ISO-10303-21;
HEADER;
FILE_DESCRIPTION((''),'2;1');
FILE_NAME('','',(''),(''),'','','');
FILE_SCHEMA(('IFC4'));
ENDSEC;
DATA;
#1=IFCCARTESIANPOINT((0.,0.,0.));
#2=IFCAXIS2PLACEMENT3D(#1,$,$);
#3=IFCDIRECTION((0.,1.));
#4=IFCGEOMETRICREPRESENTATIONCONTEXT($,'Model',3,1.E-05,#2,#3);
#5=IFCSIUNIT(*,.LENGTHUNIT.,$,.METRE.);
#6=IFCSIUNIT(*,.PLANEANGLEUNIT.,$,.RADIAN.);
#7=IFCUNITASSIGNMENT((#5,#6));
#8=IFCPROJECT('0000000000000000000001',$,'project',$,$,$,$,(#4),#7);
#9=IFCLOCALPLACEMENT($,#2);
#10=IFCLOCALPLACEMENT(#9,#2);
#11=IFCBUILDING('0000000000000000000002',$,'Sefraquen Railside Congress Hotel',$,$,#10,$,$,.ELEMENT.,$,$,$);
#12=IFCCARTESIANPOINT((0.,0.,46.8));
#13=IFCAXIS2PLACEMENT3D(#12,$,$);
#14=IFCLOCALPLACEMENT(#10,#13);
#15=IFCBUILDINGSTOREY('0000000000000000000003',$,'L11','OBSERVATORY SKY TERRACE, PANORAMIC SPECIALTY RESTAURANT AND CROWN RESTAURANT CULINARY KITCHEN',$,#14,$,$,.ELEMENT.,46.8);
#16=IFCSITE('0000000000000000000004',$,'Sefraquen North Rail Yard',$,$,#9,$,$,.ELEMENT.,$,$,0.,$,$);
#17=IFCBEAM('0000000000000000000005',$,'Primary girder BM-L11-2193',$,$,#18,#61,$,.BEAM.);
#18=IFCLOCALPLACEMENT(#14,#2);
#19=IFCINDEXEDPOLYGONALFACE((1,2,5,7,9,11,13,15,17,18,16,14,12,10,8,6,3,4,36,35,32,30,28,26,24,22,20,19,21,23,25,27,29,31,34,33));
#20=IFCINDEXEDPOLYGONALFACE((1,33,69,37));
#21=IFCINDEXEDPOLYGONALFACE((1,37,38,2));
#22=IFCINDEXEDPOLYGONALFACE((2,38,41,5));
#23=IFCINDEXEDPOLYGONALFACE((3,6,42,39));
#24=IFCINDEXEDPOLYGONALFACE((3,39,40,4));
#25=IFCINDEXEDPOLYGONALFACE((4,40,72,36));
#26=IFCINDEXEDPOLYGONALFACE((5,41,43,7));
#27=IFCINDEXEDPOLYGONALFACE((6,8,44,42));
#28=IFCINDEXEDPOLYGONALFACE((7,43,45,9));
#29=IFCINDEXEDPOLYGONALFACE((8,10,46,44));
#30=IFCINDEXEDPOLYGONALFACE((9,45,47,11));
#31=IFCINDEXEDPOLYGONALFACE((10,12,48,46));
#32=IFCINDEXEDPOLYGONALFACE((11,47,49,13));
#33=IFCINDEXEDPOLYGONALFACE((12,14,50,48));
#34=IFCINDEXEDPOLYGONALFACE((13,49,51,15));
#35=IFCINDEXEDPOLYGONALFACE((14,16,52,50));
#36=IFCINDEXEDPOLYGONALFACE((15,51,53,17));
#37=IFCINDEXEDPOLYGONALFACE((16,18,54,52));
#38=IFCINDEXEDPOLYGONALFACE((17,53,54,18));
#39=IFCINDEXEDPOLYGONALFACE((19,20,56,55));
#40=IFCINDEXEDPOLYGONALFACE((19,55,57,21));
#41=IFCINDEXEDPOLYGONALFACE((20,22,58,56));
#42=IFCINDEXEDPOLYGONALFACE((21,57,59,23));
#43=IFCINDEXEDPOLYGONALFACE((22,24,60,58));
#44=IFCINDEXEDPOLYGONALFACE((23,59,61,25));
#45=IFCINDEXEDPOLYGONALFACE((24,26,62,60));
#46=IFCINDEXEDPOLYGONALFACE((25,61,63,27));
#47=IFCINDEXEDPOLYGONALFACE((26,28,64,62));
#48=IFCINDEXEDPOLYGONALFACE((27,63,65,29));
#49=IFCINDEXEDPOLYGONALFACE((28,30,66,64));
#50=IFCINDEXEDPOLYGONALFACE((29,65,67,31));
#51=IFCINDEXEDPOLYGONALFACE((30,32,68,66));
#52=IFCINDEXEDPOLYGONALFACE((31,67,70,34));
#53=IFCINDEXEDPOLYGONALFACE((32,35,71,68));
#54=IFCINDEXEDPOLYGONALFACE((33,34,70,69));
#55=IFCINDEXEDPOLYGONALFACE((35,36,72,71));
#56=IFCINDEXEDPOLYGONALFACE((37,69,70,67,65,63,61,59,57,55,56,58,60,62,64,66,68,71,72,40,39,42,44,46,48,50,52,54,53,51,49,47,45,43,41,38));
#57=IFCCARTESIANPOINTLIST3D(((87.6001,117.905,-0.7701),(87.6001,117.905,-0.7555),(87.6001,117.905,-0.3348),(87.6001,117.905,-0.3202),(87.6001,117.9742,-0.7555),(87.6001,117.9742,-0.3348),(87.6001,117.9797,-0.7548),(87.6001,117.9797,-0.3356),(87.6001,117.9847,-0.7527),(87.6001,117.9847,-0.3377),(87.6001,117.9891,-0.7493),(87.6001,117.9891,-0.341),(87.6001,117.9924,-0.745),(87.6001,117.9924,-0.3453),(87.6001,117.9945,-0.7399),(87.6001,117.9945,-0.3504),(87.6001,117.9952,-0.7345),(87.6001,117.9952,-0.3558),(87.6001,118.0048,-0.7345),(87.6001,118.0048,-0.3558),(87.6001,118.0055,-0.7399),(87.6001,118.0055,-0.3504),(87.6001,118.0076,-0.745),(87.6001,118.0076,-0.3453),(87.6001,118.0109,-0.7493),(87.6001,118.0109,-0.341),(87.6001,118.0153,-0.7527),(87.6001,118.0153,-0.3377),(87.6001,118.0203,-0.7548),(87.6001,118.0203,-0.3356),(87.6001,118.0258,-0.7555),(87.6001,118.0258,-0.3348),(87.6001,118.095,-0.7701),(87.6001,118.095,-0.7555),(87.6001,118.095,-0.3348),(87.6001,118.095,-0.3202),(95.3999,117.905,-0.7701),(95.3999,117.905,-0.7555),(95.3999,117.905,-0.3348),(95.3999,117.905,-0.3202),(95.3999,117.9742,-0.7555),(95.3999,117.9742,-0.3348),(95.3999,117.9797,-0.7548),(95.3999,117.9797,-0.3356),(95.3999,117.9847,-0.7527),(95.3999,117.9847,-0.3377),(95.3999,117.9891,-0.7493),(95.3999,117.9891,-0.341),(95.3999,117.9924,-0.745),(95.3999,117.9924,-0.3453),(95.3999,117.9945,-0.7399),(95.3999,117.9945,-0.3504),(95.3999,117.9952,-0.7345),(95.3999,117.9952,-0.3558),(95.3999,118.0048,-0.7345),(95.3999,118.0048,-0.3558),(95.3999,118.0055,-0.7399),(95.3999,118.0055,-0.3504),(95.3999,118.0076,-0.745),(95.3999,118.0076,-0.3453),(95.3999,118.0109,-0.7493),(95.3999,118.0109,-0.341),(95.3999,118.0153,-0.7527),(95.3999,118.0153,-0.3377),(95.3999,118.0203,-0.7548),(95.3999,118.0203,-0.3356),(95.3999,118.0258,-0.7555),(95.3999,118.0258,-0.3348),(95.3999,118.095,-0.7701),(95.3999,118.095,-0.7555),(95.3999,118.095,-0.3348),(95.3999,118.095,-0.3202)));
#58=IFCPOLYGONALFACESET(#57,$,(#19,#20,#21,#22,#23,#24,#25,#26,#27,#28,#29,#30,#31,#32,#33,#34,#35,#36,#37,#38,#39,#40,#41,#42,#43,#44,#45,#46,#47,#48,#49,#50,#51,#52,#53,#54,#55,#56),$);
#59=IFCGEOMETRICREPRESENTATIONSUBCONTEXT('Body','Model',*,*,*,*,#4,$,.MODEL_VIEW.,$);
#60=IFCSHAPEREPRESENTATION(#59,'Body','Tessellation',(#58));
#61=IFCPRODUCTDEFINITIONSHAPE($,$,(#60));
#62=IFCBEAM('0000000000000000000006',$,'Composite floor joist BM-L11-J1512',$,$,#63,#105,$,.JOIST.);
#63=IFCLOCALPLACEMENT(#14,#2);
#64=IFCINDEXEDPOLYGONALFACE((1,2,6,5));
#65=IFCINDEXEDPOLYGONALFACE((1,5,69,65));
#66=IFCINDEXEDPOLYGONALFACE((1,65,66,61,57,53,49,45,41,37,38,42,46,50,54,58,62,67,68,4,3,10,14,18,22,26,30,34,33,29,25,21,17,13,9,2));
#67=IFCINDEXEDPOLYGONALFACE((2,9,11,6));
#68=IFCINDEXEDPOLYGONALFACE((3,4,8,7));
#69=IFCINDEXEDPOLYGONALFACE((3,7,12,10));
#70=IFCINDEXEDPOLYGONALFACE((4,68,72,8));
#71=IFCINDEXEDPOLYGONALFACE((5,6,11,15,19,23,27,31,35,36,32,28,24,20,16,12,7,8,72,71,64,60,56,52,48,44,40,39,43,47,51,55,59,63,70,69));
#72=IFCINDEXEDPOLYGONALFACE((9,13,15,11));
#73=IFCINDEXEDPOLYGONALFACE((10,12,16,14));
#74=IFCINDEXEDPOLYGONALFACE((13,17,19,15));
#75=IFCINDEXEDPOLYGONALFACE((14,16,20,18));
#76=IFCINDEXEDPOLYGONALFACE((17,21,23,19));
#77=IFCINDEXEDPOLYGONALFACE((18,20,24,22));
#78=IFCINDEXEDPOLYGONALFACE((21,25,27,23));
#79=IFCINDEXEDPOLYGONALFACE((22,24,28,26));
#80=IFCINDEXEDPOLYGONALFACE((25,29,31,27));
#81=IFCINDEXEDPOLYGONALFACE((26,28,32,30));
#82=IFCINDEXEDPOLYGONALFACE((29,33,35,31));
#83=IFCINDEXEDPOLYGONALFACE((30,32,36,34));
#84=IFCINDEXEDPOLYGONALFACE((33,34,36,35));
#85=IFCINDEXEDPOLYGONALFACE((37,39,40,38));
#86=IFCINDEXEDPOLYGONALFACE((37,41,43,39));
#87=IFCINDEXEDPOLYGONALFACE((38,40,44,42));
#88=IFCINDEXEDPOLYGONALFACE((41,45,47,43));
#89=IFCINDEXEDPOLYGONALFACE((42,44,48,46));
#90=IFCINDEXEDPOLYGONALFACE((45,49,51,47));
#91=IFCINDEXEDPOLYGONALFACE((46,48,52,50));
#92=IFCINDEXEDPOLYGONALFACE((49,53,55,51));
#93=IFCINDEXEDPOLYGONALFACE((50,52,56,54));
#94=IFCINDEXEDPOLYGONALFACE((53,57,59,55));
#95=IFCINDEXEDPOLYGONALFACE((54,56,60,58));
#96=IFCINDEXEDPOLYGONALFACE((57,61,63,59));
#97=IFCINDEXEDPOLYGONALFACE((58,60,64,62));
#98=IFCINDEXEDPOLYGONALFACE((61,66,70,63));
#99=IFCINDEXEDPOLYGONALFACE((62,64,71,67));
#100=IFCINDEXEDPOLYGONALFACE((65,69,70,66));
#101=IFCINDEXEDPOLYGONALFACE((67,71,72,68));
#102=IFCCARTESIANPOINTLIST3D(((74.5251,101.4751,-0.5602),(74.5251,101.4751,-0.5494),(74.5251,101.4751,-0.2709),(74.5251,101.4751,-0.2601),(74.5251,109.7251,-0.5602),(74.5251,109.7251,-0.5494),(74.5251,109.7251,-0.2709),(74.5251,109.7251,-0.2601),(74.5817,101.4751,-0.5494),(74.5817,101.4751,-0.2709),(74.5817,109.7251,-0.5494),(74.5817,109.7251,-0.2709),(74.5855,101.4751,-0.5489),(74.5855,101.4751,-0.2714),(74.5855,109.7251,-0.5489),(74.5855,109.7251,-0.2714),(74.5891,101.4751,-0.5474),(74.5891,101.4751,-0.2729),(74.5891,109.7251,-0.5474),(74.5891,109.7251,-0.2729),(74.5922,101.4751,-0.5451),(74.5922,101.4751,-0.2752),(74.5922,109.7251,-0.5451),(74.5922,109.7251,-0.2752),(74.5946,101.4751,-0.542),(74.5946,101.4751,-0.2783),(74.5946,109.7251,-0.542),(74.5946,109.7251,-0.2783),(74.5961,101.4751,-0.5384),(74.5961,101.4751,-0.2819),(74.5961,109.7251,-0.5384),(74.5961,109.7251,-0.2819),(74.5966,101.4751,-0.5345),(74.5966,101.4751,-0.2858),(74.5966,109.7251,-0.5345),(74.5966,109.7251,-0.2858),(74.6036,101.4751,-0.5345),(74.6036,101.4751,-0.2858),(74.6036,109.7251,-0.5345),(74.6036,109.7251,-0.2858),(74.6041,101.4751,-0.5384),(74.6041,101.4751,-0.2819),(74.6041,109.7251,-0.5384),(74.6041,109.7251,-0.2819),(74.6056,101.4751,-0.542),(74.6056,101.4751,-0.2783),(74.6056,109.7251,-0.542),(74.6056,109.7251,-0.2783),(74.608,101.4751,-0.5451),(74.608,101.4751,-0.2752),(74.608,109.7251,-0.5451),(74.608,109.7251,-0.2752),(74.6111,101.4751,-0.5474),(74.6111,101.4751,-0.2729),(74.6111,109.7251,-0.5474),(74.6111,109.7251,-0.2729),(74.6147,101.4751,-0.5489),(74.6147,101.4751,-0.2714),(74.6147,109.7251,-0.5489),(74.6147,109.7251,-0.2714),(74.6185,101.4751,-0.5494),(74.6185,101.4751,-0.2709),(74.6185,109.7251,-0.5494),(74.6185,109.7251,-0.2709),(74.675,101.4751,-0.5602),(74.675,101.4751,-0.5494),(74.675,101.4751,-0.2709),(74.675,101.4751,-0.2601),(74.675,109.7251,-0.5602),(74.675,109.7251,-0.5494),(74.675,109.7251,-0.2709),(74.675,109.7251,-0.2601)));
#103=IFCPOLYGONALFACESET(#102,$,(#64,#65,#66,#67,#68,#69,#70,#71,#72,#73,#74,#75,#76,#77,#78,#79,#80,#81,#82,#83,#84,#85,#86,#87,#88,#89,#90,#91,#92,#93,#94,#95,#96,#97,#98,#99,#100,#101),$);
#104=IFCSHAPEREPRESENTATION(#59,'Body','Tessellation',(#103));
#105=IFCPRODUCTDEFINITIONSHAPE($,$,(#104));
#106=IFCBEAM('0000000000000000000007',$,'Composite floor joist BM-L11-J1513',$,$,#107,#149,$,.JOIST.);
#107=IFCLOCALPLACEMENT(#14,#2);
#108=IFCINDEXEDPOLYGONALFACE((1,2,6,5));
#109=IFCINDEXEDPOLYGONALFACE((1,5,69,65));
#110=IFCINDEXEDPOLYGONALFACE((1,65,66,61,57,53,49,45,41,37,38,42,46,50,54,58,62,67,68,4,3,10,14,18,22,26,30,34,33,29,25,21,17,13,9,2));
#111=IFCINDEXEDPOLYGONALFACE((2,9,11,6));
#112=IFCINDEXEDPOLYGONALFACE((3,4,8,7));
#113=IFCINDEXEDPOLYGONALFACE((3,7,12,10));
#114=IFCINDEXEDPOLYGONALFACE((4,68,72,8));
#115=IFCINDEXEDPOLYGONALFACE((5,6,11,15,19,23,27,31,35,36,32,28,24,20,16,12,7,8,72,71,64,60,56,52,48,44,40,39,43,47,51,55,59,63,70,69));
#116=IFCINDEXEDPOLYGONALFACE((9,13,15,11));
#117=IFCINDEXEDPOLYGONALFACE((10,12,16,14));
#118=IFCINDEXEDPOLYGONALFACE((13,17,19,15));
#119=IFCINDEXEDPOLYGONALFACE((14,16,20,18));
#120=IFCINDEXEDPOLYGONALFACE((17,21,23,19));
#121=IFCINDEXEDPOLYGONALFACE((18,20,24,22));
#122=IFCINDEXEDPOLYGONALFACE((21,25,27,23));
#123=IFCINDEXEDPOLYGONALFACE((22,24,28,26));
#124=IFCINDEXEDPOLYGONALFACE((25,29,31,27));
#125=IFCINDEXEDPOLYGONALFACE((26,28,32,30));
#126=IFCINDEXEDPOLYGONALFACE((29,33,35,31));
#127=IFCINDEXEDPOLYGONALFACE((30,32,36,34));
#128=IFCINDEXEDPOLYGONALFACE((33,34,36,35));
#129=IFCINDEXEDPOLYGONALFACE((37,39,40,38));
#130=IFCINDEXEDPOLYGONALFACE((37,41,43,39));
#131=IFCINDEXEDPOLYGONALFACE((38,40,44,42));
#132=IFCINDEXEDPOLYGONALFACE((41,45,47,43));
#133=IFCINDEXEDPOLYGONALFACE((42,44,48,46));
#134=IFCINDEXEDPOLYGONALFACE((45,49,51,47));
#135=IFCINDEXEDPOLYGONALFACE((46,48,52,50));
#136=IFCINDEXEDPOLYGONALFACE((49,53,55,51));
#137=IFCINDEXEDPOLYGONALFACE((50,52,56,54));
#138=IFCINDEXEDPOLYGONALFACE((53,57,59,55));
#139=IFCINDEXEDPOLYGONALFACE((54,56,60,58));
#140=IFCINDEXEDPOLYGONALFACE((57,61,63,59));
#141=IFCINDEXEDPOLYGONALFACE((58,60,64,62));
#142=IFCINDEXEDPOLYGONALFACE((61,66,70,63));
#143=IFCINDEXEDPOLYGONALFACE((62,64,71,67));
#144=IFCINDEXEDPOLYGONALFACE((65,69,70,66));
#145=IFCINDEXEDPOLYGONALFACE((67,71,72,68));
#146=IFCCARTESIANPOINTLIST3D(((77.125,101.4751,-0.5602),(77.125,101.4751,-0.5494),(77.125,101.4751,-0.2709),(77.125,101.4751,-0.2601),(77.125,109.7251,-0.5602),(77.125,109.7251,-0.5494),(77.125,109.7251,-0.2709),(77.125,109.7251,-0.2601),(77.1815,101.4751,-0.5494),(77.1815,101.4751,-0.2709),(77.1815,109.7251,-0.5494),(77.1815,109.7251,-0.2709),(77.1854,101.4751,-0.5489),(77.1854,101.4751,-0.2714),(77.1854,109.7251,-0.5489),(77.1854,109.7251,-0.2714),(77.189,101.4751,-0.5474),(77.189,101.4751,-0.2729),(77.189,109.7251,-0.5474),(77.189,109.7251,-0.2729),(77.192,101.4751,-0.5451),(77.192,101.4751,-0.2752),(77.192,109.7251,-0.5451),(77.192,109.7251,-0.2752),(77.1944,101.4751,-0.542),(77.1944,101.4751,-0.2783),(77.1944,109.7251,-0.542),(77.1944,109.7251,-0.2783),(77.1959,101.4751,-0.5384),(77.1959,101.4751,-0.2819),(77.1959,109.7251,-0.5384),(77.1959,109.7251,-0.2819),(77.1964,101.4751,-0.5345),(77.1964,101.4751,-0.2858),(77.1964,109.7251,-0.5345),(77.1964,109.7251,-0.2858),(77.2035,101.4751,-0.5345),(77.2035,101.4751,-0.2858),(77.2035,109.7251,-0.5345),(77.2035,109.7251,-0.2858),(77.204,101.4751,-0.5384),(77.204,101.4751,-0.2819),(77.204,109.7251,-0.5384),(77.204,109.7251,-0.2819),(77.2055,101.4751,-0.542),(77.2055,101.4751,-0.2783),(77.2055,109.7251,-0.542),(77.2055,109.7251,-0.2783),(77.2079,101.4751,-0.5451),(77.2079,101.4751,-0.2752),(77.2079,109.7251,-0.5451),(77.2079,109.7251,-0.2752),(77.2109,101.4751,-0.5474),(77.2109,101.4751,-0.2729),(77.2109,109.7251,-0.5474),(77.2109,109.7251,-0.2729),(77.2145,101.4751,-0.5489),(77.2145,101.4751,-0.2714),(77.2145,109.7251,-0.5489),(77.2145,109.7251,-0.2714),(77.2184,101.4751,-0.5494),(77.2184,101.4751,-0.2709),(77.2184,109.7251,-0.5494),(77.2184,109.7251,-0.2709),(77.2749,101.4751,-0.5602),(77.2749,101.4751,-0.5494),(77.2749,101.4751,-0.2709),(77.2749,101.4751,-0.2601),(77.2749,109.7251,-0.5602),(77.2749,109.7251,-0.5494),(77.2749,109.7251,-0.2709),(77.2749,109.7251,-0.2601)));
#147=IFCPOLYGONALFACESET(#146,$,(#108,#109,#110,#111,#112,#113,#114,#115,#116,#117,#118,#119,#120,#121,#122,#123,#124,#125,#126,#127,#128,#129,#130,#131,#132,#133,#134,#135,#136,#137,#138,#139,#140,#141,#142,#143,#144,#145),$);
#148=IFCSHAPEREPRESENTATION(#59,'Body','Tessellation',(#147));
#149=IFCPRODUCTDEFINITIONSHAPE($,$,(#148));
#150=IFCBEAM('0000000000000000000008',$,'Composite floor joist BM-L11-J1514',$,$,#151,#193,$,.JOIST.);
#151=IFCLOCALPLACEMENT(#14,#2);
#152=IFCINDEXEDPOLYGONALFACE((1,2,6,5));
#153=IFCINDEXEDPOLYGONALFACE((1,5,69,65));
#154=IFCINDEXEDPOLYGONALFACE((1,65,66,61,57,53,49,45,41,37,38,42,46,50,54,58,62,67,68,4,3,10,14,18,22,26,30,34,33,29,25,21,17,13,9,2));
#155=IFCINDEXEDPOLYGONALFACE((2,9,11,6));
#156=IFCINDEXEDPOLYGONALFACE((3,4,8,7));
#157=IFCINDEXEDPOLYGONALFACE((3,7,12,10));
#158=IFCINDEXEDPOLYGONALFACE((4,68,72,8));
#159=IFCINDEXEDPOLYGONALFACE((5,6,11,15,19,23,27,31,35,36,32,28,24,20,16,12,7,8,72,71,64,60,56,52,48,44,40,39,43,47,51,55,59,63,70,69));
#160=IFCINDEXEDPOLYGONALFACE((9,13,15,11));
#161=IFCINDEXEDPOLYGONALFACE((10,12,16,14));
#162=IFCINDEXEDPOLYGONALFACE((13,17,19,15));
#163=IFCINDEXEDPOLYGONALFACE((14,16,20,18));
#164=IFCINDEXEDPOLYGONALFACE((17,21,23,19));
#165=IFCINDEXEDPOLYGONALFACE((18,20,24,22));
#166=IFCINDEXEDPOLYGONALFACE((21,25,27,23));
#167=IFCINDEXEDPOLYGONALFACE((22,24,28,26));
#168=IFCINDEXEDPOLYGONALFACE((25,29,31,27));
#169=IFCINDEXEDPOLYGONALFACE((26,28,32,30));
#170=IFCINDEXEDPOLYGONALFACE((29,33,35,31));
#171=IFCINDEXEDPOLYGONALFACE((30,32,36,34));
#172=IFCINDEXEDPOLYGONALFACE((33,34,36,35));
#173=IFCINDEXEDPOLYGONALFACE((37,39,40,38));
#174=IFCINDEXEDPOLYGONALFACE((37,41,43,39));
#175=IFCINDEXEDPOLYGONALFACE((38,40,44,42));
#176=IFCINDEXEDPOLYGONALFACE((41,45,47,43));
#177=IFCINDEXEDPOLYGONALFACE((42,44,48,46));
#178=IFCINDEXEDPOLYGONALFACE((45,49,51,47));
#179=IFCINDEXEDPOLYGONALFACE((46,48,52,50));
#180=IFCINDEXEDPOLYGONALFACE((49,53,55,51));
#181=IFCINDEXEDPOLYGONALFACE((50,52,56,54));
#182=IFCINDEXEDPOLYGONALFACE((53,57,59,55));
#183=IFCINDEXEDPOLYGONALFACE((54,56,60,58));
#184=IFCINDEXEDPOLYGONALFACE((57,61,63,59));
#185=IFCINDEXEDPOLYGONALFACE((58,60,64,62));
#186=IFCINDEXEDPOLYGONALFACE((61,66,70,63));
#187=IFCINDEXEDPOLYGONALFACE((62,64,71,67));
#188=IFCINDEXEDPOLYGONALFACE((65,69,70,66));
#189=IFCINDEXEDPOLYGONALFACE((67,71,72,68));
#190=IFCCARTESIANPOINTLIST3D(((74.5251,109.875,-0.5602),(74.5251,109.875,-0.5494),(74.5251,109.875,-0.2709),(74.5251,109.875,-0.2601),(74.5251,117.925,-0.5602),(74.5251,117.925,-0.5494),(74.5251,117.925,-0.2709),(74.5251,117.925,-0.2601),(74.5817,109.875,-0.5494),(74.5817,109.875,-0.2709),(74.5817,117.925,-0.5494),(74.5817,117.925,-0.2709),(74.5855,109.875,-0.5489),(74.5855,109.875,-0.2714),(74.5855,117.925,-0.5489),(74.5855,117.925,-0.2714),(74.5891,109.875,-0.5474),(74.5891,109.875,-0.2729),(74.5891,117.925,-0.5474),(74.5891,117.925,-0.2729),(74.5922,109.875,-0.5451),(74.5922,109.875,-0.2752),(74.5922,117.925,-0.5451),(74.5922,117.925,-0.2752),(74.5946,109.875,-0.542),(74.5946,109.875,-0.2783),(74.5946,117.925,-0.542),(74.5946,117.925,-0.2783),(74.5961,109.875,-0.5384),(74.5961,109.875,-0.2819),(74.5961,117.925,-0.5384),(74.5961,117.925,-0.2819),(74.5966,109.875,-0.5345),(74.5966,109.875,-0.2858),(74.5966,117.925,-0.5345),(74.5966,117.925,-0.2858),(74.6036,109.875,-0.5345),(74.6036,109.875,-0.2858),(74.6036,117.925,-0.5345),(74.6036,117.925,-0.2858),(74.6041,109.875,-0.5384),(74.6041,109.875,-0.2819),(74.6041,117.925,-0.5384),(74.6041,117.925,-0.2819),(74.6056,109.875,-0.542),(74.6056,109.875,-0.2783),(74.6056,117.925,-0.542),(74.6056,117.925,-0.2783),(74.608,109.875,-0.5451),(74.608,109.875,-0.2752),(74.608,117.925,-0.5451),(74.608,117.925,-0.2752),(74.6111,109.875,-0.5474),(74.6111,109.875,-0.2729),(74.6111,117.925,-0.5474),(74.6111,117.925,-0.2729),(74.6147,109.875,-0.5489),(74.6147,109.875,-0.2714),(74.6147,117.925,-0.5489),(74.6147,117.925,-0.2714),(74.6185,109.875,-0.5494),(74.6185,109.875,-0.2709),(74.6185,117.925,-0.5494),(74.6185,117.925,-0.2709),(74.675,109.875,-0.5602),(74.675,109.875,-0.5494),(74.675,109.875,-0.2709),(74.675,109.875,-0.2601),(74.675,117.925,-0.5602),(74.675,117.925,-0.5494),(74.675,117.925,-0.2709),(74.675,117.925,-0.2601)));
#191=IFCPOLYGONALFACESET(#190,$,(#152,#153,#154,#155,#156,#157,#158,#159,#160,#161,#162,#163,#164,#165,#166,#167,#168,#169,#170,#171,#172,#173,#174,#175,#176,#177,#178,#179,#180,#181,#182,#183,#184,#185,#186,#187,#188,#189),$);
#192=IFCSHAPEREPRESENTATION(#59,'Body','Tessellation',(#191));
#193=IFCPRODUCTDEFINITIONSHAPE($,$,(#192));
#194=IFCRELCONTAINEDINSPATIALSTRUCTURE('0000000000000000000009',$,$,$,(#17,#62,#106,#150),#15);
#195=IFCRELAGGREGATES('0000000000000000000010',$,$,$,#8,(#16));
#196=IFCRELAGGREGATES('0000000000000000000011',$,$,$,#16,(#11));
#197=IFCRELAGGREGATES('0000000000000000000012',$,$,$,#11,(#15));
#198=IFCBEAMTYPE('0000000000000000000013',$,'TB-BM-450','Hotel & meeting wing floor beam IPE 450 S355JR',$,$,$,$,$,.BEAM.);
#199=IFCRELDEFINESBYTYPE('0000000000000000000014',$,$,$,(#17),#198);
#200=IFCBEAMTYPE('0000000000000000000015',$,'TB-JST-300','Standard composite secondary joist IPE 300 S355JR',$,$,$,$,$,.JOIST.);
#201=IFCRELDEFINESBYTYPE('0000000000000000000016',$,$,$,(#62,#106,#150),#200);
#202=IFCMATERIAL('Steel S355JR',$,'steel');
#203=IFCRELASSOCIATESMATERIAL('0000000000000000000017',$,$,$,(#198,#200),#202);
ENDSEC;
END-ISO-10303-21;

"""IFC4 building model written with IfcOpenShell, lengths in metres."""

from ifc_helpers import new_model, si_unit, direction, frame, origin, origin_2d, place, context, subcontext, project, spatial, i_section, extrude, material, material_profile, profile_set, type_object, element, save


model = new_model("IFC4")

# Units and contexts
model_context = context("Model", 3, precision=1e-05, world=origin(), true_north=direction((0.0, 1.0)))
body_context = subcontext(model_context, "Body", "Model", "MODEL_VIEW")
ifc_project = project(units=[si_unit("LENGTHUNIT", "METRE"), si_unit("PLANEANGLEUNIT", "RADIAN")], contexts=[model_context])

# Site, building, storey
site_placement = place(None, origin())
site = spatial("IfcSite", under=ifc_project, at=site_placement, Name="Sefraquen North Rail Yard", CompositionType="ELEMENT", RefElevation=0.0)
building_placement = place(site_placement, origin())
building = spatial("IfcBuilding", under=site, at=building_placement, Name="Sefraquen Railside Congress Hotel", CompositionType="ELEMENT")
storey_placement = place(building_placement, frame((0.0, 0.0, 46.8)))
storey = spatial("IfcBuildingStorey", under=building, at=storey_placement, Name="L11", Description="OBSERVATORY SKY TERRACE, PANORAMIC SPECIALTY RESTAURANT AND CROWN RESTAURANT CULINARY KITCHEN", CompositionType="ELEMENT", Elevation=46.8)

# Shared definitions
ifc_material_1 = material(Name="Steel S355JR", Category="steel")

# Beams
ifc_material_profile_1 = material_profile(ifc_material_1, i_section(OverallWidth=0.1899, OverallDepth=0.45, WebThickness=0.0095, FlangeThickness=0.0146, FilletRadius=0.021, at=origin_2d()), Name="IPE 450")
ifc_profile_set_1 = profile_set([ifc_material_profile_1], Name="Steel S355JR")
beam_type_1 = type_object("IfcBeamType", Name="TB-BM-450", Description="Hotel & meeting wing floor beam IPE 450 S355JR", PredefinedType="BEAM", material=ifc_profile_set_1)
beam_1_placement = place(storey_placement, frame((87.6001, 118.0, -0.5452), z_axis=(1.0, 0.0, 0.0), x_axis=(0.0, 1.0, 0.0)))
element("IfcBeam", 1, at=beam_1_placement, inside=storey, type_object=beam_type_1, Name="Primary girder BM-L11-2193", PredefinedType="BEAM", context=body_context, shape_type="SweptSolid", body=[
    extrude(i_section(OverallWidth=0.1899, OverallDepth=0.45, WebThickness=0.0095, FlangeThickness=0.0146, FilletRadius=0.021, at=origin_2d()), origin(), (0.0, 0.0, 1.0), 7.7998),
])
ifc_material_profile_2 = material_profile(ifc_material_1, i_section(OverallWidth=0.1499, OverallDepth=0.3, WebThickness=0.0071, FlangeThickness=0.0107, FilletRadius=0.0149, at=origin_2d()), Name="IPE 300")
ifc_profile_set_2 = profile_set([ifc_material_profile_2], Name="Steel S355JR")
beam_type_2 = type_object("IfcBeamType", Name="TB-JST-300", Description="Standard composite secondary joist IPE 300 S355JR", PredefinedType="JOIST", material=ifc_profile_set_2)
for number, where, z_axis, x_axis, name in (
    (2, (74.6001, 101.4751, -0.4102), (0.0, 1.0, 0.0), (-1.0, 0.0, 0.0), "Composite floor joist BM-L11-J1512"),
    (3, (77.2, 101.4751, -0.4102), (0.0, 1.0, 0.0), (-1.0, 0.0, 0.0), "Composite floor joist BM-L11-J1513"),
):
    element("IfcBeam", number, at=place(storey_placement, frame(where, z_axis=z_axis, x_axis=x_axis)), inside=storey, type_object=beam_type_2, Name=name, PredefinedType="JOIST", context=body_context, shape_type="SweptSolid", body=[
        extrude(i_section(OverallWidth=0.1499, OverallDepth=0.3, WebThickness=0.0071, FlangeThickness=0.0107, FilletRadius=0.0149, at=origin_2d()), origin(), (0.0, 0.0, 1.0), 8.25),
    ])
for number, where, z_axis, x_axis, name in (
    (4, (74.6001, 109.875, -0.4102), (0.0, 1.0, 0.0), (-1.0, 0.0, 0.0), "Composite floor joist BM-L11-J1514"),
):
    element("IfcBeam", number, at=place(storey_placement, frame(where, z_axis=z_axis, x_axis=x_axis)), inside=storey, type_object=beam_type_2, Name=name, PredefinedType="JOIST", context=body_context, shape_type="SweptSolid", body=[
        extrude(i_section(OverallWidth=0.1499, OverallDepth=0.3, WebThickness=0.0071, FlangeThickness=0.0107, FilletRadius=0.0149, at=origin_2d()), origin(), (0.0, 0.0, 1.0), 8.05),
    ])

save(model, "model.ifc")
